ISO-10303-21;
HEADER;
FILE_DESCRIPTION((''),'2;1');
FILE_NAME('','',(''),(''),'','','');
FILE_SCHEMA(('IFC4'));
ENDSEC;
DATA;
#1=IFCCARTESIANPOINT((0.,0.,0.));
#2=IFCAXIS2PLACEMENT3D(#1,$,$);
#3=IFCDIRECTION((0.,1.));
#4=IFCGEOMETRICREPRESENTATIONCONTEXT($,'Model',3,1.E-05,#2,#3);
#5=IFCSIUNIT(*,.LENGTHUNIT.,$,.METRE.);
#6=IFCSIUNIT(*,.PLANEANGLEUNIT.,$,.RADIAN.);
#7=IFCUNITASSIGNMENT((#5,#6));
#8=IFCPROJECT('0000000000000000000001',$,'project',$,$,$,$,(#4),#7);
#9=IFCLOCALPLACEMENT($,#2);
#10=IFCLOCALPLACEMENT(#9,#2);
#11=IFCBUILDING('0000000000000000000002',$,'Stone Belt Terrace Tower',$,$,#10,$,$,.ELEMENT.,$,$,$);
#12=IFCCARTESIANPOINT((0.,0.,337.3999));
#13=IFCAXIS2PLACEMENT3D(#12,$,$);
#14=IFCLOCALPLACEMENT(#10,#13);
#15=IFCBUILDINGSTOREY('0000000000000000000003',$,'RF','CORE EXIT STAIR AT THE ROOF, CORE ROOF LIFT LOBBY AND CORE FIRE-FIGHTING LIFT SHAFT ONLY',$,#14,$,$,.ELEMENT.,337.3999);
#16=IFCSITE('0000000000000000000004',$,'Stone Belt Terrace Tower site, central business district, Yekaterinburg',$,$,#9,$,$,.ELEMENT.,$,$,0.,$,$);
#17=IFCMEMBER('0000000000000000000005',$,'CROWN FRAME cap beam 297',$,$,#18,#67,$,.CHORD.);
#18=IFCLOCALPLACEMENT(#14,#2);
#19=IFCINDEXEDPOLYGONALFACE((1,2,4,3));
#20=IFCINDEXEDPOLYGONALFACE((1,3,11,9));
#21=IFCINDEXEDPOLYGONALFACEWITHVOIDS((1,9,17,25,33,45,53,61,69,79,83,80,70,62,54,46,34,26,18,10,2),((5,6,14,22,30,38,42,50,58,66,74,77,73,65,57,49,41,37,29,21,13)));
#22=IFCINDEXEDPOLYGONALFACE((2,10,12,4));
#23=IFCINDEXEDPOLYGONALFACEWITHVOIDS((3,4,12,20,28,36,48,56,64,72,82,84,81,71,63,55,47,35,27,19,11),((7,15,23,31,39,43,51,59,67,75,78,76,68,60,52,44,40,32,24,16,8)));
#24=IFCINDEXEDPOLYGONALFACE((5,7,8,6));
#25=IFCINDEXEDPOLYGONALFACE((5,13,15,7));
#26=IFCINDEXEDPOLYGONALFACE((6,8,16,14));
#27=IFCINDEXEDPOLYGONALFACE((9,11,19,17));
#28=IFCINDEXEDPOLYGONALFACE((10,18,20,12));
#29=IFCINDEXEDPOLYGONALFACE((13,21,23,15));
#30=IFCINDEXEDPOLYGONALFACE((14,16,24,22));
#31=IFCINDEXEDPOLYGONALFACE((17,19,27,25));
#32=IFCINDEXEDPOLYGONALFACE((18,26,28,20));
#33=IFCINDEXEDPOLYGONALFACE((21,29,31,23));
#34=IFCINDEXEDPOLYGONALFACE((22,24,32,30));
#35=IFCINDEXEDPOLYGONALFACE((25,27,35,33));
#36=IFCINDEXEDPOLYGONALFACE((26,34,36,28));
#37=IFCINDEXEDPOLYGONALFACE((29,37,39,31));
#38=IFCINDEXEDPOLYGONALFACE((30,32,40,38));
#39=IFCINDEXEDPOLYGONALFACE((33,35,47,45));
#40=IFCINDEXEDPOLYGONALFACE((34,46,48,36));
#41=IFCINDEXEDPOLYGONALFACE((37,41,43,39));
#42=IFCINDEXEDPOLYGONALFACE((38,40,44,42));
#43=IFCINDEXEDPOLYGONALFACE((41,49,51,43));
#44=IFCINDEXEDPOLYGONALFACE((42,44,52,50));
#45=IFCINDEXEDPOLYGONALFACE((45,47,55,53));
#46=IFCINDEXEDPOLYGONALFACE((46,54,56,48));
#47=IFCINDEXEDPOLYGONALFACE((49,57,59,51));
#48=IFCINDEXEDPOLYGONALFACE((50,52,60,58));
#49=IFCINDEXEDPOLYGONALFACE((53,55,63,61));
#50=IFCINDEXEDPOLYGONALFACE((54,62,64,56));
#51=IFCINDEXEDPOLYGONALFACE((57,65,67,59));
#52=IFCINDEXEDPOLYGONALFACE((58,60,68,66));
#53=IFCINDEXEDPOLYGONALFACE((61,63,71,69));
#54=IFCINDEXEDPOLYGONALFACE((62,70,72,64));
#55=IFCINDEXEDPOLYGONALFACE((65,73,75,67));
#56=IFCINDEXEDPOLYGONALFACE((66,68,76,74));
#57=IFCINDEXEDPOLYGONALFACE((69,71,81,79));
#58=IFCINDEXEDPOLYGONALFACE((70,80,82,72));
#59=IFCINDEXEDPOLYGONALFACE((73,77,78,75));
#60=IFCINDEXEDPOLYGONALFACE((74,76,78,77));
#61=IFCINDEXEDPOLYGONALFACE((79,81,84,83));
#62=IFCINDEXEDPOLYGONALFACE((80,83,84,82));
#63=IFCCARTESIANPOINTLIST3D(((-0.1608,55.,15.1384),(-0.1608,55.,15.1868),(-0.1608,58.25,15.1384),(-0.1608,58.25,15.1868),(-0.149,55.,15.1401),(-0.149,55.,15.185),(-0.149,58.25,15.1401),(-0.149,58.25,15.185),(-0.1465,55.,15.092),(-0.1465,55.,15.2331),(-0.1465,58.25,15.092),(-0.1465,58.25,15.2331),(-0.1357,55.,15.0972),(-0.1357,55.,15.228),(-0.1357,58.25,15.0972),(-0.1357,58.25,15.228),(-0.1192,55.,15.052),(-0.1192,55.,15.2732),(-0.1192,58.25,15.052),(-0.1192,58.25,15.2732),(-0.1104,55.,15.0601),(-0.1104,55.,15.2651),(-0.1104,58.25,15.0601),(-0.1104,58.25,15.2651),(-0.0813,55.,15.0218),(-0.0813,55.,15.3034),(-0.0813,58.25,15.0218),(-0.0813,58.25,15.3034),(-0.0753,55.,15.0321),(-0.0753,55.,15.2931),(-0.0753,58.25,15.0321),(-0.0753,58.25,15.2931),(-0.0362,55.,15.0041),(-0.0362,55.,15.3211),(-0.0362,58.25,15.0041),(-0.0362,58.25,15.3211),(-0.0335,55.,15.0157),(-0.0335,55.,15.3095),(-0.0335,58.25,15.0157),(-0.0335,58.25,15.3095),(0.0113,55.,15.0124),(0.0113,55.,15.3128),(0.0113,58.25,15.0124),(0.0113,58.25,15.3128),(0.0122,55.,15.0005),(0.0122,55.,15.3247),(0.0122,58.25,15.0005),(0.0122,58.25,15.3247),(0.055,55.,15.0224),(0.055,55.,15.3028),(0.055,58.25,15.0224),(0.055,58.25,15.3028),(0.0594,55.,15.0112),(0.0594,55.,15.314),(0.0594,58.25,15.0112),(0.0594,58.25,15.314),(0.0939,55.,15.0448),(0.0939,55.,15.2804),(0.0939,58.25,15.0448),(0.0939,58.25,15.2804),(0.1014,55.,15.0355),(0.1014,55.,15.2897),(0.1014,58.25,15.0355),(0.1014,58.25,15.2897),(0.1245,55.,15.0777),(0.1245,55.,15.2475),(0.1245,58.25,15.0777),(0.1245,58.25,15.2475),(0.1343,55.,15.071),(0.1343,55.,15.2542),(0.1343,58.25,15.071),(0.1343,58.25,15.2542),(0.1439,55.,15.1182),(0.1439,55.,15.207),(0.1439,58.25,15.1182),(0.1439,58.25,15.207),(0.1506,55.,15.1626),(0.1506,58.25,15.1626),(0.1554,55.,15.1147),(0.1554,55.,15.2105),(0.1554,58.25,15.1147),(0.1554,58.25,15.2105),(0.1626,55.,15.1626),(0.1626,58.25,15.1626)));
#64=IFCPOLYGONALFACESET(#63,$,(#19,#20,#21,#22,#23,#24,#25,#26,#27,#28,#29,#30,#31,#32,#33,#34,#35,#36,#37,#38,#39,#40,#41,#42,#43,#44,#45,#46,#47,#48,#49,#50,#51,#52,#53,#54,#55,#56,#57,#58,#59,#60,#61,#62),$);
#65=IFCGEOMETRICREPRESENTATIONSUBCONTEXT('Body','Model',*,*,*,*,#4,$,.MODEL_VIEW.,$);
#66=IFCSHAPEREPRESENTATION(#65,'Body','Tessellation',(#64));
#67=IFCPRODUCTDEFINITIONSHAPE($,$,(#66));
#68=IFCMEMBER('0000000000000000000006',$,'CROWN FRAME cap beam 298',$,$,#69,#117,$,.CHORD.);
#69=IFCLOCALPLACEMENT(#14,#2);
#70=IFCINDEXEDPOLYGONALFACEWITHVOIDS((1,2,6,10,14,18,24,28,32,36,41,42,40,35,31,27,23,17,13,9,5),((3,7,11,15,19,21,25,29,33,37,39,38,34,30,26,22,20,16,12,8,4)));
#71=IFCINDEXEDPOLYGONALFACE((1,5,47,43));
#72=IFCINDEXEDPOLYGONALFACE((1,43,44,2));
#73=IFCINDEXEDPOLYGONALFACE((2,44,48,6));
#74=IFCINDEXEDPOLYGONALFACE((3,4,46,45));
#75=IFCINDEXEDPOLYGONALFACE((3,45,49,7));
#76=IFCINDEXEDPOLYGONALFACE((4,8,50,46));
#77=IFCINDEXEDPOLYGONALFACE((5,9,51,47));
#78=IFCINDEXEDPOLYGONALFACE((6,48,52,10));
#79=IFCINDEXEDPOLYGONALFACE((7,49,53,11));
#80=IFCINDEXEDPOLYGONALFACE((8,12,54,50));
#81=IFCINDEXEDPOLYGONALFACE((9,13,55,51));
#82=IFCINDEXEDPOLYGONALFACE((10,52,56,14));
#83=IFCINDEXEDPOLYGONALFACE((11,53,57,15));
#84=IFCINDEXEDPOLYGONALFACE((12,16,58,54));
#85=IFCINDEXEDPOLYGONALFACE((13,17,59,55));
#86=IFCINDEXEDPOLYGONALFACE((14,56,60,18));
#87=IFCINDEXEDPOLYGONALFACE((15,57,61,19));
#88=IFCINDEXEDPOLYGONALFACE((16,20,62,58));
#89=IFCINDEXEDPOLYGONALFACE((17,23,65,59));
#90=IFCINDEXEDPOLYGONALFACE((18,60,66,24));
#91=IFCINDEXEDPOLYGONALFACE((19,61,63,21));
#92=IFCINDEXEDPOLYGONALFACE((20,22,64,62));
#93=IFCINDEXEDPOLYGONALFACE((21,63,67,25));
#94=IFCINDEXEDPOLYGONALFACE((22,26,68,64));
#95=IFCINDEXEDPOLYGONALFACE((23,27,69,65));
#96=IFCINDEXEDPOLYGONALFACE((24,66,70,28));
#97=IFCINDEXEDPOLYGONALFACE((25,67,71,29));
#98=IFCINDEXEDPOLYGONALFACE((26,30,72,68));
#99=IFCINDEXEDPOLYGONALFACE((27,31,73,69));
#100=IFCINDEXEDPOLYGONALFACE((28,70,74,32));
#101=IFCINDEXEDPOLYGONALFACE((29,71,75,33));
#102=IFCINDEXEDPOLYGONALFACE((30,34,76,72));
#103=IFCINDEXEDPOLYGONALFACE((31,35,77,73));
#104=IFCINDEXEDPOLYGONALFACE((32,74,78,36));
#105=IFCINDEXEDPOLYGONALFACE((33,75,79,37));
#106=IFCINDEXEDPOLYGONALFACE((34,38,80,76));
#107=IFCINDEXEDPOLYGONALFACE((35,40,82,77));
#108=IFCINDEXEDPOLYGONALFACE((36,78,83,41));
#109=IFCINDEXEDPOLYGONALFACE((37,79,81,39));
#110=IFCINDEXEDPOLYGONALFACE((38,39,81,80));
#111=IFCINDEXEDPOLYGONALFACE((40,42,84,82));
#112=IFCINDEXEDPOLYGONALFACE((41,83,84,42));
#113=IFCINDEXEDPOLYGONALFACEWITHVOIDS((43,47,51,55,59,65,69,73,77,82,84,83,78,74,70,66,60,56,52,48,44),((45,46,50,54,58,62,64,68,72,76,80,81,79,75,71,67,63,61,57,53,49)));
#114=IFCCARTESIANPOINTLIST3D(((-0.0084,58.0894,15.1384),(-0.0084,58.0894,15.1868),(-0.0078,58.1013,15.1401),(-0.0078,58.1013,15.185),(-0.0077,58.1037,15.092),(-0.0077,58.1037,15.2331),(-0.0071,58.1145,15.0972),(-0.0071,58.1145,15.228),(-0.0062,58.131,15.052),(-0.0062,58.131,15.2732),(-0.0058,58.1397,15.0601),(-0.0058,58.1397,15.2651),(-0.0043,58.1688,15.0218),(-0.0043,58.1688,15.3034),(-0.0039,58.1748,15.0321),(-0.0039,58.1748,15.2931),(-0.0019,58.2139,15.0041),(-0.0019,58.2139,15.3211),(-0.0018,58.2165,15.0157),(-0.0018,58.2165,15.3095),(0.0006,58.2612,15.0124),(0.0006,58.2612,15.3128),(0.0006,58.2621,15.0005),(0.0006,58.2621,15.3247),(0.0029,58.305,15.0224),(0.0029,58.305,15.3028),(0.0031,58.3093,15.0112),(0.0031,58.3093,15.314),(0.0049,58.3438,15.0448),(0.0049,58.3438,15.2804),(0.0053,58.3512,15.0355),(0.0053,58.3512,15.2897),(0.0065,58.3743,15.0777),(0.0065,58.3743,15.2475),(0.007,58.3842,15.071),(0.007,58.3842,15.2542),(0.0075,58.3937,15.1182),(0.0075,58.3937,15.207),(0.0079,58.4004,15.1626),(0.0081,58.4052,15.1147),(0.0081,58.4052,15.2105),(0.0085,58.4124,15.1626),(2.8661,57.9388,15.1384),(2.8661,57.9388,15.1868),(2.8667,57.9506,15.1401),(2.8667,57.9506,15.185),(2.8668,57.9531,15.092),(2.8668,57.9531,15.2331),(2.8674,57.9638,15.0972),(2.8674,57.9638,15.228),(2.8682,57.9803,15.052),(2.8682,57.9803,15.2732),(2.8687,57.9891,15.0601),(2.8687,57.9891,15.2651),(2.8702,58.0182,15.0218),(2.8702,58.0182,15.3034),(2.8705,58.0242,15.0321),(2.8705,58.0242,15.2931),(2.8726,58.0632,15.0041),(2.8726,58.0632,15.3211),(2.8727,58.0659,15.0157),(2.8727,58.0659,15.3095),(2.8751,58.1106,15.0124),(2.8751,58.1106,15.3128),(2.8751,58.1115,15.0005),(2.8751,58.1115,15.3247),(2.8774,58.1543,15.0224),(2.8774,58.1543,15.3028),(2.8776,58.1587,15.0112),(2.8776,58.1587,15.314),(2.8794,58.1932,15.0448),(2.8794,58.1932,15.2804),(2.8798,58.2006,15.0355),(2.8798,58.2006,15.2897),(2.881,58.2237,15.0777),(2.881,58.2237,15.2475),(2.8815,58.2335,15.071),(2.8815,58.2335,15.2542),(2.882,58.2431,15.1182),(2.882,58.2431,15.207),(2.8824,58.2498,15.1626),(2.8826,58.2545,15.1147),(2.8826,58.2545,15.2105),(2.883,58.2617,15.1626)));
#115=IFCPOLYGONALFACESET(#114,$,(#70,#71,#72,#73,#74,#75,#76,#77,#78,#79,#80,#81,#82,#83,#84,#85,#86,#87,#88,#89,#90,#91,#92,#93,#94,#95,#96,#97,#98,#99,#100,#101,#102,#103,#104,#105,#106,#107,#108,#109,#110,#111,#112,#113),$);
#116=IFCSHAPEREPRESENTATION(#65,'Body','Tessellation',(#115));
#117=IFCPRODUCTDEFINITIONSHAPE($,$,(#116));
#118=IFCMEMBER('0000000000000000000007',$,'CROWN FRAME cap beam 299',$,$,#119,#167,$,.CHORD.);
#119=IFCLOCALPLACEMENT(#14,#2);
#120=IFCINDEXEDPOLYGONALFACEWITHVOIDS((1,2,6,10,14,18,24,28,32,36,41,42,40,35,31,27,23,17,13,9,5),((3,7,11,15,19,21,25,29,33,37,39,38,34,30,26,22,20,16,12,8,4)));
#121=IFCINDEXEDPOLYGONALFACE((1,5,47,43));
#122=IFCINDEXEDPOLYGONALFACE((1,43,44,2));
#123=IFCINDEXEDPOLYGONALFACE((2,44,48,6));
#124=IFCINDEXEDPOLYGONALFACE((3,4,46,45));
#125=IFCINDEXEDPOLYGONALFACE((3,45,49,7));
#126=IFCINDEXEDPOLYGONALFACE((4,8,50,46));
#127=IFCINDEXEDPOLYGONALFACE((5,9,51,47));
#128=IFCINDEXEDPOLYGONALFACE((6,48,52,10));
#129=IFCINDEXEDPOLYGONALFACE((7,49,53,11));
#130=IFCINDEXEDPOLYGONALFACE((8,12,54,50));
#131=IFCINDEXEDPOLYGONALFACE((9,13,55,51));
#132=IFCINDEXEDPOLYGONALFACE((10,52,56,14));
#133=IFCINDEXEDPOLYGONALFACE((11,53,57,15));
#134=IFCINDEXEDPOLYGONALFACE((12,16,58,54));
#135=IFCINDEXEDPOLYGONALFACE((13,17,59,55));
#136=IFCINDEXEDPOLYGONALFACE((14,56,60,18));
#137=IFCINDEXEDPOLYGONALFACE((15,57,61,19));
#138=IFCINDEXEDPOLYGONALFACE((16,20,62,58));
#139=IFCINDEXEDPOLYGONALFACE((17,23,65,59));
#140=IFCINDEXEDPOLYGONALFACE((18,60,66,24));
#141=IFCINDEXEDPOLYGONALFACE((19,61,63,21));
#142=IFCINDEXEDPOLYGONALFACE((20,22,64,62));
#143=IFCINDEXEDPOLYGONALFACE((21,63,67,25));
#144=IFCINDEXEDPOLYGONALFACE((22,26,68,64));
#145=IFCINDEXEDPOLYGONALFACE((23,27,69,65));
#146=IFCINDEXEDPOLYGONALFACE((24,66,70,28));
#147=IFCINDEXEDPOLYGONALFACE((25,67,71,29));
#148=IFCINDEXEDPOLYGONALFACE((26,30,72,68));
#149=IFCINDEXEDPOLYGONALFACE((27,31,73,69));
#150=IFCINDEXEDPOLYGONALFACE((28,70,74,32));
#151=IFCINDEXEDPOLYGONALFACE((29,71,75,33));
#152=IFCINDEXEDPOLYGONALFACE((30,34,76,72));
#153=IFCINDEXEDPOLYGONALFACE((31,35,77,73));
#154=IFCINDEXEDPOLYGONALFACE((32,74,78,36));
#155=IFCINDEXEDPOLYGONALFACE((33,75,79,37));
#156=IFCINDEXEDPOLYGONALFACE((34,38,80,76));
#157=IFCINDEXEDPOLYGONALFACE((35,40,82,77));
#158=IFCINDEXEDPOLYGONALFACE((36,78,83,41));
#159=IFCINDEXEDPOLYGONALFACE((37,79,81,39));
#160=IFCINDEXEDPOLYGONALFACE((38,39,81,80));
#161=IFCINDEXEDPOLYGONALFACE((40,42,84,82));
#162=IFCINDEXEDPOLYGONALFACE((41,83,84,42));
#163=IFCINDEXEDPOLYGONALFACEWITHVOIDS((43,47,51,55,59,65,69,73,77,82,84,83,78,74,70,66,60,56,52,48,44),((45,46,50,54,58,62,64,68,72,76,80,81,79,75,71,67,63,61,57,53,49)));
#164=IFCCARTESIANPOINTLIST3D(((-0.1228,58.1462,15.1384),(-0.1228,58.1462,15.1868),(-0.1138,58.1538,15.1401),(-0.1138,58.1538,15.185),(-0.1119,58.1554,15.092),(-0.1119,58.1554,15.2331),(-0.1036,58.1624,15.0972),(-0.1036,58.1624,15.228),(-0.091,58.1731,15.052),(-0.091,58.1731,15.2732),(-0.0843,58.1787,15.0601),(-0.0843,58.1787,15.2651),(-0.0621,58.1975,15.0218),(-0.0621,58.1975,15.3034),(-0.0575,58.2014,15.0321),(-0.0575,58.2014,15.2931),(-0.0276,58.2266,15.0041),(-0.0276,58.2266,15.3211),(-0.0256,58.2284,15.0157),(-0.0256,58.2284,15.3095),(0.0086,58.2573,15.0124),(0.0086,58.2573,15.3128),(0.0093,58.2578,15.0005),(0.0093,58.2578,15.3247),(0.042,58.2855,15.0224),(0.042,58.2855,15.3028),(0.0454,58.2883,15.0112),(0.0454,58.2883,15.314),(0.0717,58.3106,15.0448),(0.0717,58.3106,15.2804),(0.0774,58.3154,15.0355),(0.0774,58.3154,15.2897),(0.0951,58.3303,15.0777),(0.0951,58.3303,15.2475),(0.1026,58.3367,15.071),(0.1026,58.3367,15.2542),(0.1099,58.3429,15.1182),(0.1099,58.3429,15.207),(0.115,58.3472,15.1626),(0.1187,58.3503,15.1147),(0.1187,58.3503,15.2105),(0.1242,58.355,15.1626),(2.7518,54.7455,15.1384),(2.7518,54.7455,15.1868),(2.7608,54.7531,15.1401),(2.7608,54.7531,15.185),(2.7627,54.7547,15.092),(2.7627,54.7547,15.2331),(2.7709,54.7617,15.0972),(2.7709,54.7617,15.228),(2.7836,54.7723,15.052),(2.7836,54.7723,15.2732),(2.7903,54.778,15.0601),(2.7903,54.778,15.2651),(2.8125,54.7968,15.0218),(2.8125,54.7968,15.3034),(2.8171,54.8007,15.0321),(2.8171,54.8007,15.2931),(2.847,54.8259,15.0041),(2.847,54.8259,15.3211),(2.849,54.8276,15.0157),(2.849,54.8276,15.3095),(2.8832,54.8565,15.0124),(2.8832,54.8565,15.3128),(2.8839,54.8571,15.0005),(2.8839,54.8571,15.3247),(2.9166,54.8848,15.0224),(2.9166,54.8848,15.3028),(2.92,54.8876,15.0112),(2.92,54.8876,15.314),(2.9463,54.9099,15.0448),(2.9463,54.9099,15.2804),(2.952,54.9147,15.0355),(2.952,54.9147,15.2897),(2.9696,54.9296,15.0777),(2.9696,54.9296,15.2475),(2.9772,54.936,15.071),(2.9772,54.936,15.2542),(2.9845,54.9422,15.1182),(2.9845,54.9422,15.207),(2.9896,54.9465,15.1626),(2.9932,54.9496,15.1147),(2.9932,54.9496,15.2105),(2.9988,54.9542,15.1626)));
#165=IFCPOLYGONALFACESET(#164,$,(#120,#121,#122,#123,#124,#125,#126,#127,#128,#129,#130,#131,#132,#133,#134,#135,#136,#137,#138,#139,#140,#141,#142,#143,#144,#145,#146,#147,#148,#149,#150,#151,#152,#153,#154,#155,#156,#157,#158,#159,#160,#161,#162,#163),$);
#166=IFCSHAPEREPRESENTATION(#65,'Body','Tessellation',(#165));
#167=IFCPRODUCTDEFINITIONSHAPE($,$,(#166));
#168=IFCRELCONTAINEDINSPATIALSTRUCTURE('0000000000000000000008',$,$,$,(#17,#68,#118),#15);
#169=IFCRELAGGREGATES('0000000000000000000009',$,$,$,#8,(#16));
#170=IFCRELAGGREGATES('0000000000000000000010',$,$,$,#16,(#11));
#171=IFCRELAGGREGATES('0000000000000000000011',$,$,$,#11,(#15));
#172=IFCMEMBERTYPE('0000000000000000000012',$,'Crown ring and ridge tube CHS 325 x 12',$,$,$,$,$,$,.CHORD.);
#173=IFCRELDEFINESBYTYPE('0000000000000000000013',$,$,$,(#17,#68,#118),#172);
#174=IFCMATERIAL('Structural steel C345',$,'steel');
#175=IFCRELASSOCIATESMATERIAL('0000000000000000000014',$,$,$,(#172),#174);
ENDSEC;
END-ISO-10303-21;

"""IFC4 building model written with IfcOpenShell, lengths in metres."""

from ifc_helpers import new_model, si_unit, direction, frame, origin, origin_2d, place, context, subcontext, project, spatial, hollow_circle, extrude, material, material_profile, profile_set, type_object, element, save


model = new_model("IFC4")

# Units and contexts
model_context = context("Model", 3, precision=1e-05, world=origin(), true_north=direction((0.0, 1.0)))
body_context = subcontext(model_context, "Body", "Model", "MODEL_VIEW")
ifc_project = project(units=[si_unit("LENGTHUNIT", "METRE"), si_unit("PLANEANGLEUNIT", "RADIAN")], contexts=[model_context])

# Site, building, storey
site_placement = place(None, origin())
site = spatial("IfcSite", under=ifc_project, at=site_placement, Name="Stone Belt Terrace Tower site, central business district, Yekaterinburg", CompositionType="ELEMENT", RefElevation=0.0)
building_placement = place(site_placement, origin())
building = spatial("IfcBuilding", under=site, at=building_placement, Name="Stone Belt Terrace Tower", CompositionType="ELEMENT")
storey_placement = place(building_placement, frame((0.0, 0.0, 337.3999)))
storey = spatial("IfcBuildingStorey", under=building, at=storey_placement, Name="RF", Description="CORE EXIT STAIR AT THE ROOF, CORE ROOF LIFT LOBBY AND CORE FIRE-FIGHTING LIFT SHAFT ONLY", CompositionType="ELEMENT", Elevation=337.3999)

# Members
ifc_material_1 = material(Name="Structural steel C345", Category="steel")
ifc_material_profile_1 = material_profile(ifc_material_1, hollow_circle(Radius=0.1626, WallThickness=0.012, at=origin_2d()), Name="Structural steel C345 CHS 325x12")
ifc_profile_set_1 = profile_set([ifc_material_profile_1], Name="Structural steel C345")
member_type_1 = type_object("IfcMemberType", Name="Crown ring and ridge tube CHS 325 x 12", PredefinedType="CHORD", material=ifc_profile_set_1)
member_1_placement = place(storey_placement, frame((0.0, 58.25, 15.1626), z_axis=(0.0, -1.0, 0.0), x_axis=(1.0, 0.0, 0.0)))
element("IfcMember", 1, at=member_1_placement, inside=storey, type_object=member_type_1, Name="CROWN FRAME cap beam 297", PredefinedType="CHORD", context=body_context, shape_type="SweptSolid", body=[
    extrude(hollow_circle(Radius=0.1626, WallThickness=0.012, at=origin_2d()), origin(), (0.0, 0.0, 1.0), 3.25),
])
member_2_placement = place(storey_placement, frame((0.0, 58.25, 15.1626), z_axis=(0.99863, -0.052332, 0.0), x_axis=(0.052332, 0.99863, 0.0)))
element("IfcMember", 2, at=member_2_placement, inside=storey, type_object=member_type_1, Name="CROWN FRAME cap beam 298", PredefinedType="CHORD", context=body_context, shape_type="SweptSolid", body=[
    extrude(hollow_circle(Radius=0.1626, WallThickness=0.012, at=origin_2d()), origin(), (0.0, 0.0, 1.0), 2.8784),
])
member_3_placement = place(storey_placement, frame((0.0, 58.25, 15.1626), z_axis=(0.645556, -0.763713, 0.0), x_axis=(0.763713, 0.645556, 0.0)))
element("IfcMember", 3, at=member_3_placement, inside=storey, type_object=member_type_1, Name="CROWN FRAME cap beam 299", PredefinedType="CHORD", context=body_context, shape_type="SweptSolid", body=[
    extrude(hollow_circle(Radius=0.1626, WallThickness=0.012, at=origin_2d()), origin(), (0.0, 0.0, 1.0), 4.4529),
])

save(model, "model.ifc")
